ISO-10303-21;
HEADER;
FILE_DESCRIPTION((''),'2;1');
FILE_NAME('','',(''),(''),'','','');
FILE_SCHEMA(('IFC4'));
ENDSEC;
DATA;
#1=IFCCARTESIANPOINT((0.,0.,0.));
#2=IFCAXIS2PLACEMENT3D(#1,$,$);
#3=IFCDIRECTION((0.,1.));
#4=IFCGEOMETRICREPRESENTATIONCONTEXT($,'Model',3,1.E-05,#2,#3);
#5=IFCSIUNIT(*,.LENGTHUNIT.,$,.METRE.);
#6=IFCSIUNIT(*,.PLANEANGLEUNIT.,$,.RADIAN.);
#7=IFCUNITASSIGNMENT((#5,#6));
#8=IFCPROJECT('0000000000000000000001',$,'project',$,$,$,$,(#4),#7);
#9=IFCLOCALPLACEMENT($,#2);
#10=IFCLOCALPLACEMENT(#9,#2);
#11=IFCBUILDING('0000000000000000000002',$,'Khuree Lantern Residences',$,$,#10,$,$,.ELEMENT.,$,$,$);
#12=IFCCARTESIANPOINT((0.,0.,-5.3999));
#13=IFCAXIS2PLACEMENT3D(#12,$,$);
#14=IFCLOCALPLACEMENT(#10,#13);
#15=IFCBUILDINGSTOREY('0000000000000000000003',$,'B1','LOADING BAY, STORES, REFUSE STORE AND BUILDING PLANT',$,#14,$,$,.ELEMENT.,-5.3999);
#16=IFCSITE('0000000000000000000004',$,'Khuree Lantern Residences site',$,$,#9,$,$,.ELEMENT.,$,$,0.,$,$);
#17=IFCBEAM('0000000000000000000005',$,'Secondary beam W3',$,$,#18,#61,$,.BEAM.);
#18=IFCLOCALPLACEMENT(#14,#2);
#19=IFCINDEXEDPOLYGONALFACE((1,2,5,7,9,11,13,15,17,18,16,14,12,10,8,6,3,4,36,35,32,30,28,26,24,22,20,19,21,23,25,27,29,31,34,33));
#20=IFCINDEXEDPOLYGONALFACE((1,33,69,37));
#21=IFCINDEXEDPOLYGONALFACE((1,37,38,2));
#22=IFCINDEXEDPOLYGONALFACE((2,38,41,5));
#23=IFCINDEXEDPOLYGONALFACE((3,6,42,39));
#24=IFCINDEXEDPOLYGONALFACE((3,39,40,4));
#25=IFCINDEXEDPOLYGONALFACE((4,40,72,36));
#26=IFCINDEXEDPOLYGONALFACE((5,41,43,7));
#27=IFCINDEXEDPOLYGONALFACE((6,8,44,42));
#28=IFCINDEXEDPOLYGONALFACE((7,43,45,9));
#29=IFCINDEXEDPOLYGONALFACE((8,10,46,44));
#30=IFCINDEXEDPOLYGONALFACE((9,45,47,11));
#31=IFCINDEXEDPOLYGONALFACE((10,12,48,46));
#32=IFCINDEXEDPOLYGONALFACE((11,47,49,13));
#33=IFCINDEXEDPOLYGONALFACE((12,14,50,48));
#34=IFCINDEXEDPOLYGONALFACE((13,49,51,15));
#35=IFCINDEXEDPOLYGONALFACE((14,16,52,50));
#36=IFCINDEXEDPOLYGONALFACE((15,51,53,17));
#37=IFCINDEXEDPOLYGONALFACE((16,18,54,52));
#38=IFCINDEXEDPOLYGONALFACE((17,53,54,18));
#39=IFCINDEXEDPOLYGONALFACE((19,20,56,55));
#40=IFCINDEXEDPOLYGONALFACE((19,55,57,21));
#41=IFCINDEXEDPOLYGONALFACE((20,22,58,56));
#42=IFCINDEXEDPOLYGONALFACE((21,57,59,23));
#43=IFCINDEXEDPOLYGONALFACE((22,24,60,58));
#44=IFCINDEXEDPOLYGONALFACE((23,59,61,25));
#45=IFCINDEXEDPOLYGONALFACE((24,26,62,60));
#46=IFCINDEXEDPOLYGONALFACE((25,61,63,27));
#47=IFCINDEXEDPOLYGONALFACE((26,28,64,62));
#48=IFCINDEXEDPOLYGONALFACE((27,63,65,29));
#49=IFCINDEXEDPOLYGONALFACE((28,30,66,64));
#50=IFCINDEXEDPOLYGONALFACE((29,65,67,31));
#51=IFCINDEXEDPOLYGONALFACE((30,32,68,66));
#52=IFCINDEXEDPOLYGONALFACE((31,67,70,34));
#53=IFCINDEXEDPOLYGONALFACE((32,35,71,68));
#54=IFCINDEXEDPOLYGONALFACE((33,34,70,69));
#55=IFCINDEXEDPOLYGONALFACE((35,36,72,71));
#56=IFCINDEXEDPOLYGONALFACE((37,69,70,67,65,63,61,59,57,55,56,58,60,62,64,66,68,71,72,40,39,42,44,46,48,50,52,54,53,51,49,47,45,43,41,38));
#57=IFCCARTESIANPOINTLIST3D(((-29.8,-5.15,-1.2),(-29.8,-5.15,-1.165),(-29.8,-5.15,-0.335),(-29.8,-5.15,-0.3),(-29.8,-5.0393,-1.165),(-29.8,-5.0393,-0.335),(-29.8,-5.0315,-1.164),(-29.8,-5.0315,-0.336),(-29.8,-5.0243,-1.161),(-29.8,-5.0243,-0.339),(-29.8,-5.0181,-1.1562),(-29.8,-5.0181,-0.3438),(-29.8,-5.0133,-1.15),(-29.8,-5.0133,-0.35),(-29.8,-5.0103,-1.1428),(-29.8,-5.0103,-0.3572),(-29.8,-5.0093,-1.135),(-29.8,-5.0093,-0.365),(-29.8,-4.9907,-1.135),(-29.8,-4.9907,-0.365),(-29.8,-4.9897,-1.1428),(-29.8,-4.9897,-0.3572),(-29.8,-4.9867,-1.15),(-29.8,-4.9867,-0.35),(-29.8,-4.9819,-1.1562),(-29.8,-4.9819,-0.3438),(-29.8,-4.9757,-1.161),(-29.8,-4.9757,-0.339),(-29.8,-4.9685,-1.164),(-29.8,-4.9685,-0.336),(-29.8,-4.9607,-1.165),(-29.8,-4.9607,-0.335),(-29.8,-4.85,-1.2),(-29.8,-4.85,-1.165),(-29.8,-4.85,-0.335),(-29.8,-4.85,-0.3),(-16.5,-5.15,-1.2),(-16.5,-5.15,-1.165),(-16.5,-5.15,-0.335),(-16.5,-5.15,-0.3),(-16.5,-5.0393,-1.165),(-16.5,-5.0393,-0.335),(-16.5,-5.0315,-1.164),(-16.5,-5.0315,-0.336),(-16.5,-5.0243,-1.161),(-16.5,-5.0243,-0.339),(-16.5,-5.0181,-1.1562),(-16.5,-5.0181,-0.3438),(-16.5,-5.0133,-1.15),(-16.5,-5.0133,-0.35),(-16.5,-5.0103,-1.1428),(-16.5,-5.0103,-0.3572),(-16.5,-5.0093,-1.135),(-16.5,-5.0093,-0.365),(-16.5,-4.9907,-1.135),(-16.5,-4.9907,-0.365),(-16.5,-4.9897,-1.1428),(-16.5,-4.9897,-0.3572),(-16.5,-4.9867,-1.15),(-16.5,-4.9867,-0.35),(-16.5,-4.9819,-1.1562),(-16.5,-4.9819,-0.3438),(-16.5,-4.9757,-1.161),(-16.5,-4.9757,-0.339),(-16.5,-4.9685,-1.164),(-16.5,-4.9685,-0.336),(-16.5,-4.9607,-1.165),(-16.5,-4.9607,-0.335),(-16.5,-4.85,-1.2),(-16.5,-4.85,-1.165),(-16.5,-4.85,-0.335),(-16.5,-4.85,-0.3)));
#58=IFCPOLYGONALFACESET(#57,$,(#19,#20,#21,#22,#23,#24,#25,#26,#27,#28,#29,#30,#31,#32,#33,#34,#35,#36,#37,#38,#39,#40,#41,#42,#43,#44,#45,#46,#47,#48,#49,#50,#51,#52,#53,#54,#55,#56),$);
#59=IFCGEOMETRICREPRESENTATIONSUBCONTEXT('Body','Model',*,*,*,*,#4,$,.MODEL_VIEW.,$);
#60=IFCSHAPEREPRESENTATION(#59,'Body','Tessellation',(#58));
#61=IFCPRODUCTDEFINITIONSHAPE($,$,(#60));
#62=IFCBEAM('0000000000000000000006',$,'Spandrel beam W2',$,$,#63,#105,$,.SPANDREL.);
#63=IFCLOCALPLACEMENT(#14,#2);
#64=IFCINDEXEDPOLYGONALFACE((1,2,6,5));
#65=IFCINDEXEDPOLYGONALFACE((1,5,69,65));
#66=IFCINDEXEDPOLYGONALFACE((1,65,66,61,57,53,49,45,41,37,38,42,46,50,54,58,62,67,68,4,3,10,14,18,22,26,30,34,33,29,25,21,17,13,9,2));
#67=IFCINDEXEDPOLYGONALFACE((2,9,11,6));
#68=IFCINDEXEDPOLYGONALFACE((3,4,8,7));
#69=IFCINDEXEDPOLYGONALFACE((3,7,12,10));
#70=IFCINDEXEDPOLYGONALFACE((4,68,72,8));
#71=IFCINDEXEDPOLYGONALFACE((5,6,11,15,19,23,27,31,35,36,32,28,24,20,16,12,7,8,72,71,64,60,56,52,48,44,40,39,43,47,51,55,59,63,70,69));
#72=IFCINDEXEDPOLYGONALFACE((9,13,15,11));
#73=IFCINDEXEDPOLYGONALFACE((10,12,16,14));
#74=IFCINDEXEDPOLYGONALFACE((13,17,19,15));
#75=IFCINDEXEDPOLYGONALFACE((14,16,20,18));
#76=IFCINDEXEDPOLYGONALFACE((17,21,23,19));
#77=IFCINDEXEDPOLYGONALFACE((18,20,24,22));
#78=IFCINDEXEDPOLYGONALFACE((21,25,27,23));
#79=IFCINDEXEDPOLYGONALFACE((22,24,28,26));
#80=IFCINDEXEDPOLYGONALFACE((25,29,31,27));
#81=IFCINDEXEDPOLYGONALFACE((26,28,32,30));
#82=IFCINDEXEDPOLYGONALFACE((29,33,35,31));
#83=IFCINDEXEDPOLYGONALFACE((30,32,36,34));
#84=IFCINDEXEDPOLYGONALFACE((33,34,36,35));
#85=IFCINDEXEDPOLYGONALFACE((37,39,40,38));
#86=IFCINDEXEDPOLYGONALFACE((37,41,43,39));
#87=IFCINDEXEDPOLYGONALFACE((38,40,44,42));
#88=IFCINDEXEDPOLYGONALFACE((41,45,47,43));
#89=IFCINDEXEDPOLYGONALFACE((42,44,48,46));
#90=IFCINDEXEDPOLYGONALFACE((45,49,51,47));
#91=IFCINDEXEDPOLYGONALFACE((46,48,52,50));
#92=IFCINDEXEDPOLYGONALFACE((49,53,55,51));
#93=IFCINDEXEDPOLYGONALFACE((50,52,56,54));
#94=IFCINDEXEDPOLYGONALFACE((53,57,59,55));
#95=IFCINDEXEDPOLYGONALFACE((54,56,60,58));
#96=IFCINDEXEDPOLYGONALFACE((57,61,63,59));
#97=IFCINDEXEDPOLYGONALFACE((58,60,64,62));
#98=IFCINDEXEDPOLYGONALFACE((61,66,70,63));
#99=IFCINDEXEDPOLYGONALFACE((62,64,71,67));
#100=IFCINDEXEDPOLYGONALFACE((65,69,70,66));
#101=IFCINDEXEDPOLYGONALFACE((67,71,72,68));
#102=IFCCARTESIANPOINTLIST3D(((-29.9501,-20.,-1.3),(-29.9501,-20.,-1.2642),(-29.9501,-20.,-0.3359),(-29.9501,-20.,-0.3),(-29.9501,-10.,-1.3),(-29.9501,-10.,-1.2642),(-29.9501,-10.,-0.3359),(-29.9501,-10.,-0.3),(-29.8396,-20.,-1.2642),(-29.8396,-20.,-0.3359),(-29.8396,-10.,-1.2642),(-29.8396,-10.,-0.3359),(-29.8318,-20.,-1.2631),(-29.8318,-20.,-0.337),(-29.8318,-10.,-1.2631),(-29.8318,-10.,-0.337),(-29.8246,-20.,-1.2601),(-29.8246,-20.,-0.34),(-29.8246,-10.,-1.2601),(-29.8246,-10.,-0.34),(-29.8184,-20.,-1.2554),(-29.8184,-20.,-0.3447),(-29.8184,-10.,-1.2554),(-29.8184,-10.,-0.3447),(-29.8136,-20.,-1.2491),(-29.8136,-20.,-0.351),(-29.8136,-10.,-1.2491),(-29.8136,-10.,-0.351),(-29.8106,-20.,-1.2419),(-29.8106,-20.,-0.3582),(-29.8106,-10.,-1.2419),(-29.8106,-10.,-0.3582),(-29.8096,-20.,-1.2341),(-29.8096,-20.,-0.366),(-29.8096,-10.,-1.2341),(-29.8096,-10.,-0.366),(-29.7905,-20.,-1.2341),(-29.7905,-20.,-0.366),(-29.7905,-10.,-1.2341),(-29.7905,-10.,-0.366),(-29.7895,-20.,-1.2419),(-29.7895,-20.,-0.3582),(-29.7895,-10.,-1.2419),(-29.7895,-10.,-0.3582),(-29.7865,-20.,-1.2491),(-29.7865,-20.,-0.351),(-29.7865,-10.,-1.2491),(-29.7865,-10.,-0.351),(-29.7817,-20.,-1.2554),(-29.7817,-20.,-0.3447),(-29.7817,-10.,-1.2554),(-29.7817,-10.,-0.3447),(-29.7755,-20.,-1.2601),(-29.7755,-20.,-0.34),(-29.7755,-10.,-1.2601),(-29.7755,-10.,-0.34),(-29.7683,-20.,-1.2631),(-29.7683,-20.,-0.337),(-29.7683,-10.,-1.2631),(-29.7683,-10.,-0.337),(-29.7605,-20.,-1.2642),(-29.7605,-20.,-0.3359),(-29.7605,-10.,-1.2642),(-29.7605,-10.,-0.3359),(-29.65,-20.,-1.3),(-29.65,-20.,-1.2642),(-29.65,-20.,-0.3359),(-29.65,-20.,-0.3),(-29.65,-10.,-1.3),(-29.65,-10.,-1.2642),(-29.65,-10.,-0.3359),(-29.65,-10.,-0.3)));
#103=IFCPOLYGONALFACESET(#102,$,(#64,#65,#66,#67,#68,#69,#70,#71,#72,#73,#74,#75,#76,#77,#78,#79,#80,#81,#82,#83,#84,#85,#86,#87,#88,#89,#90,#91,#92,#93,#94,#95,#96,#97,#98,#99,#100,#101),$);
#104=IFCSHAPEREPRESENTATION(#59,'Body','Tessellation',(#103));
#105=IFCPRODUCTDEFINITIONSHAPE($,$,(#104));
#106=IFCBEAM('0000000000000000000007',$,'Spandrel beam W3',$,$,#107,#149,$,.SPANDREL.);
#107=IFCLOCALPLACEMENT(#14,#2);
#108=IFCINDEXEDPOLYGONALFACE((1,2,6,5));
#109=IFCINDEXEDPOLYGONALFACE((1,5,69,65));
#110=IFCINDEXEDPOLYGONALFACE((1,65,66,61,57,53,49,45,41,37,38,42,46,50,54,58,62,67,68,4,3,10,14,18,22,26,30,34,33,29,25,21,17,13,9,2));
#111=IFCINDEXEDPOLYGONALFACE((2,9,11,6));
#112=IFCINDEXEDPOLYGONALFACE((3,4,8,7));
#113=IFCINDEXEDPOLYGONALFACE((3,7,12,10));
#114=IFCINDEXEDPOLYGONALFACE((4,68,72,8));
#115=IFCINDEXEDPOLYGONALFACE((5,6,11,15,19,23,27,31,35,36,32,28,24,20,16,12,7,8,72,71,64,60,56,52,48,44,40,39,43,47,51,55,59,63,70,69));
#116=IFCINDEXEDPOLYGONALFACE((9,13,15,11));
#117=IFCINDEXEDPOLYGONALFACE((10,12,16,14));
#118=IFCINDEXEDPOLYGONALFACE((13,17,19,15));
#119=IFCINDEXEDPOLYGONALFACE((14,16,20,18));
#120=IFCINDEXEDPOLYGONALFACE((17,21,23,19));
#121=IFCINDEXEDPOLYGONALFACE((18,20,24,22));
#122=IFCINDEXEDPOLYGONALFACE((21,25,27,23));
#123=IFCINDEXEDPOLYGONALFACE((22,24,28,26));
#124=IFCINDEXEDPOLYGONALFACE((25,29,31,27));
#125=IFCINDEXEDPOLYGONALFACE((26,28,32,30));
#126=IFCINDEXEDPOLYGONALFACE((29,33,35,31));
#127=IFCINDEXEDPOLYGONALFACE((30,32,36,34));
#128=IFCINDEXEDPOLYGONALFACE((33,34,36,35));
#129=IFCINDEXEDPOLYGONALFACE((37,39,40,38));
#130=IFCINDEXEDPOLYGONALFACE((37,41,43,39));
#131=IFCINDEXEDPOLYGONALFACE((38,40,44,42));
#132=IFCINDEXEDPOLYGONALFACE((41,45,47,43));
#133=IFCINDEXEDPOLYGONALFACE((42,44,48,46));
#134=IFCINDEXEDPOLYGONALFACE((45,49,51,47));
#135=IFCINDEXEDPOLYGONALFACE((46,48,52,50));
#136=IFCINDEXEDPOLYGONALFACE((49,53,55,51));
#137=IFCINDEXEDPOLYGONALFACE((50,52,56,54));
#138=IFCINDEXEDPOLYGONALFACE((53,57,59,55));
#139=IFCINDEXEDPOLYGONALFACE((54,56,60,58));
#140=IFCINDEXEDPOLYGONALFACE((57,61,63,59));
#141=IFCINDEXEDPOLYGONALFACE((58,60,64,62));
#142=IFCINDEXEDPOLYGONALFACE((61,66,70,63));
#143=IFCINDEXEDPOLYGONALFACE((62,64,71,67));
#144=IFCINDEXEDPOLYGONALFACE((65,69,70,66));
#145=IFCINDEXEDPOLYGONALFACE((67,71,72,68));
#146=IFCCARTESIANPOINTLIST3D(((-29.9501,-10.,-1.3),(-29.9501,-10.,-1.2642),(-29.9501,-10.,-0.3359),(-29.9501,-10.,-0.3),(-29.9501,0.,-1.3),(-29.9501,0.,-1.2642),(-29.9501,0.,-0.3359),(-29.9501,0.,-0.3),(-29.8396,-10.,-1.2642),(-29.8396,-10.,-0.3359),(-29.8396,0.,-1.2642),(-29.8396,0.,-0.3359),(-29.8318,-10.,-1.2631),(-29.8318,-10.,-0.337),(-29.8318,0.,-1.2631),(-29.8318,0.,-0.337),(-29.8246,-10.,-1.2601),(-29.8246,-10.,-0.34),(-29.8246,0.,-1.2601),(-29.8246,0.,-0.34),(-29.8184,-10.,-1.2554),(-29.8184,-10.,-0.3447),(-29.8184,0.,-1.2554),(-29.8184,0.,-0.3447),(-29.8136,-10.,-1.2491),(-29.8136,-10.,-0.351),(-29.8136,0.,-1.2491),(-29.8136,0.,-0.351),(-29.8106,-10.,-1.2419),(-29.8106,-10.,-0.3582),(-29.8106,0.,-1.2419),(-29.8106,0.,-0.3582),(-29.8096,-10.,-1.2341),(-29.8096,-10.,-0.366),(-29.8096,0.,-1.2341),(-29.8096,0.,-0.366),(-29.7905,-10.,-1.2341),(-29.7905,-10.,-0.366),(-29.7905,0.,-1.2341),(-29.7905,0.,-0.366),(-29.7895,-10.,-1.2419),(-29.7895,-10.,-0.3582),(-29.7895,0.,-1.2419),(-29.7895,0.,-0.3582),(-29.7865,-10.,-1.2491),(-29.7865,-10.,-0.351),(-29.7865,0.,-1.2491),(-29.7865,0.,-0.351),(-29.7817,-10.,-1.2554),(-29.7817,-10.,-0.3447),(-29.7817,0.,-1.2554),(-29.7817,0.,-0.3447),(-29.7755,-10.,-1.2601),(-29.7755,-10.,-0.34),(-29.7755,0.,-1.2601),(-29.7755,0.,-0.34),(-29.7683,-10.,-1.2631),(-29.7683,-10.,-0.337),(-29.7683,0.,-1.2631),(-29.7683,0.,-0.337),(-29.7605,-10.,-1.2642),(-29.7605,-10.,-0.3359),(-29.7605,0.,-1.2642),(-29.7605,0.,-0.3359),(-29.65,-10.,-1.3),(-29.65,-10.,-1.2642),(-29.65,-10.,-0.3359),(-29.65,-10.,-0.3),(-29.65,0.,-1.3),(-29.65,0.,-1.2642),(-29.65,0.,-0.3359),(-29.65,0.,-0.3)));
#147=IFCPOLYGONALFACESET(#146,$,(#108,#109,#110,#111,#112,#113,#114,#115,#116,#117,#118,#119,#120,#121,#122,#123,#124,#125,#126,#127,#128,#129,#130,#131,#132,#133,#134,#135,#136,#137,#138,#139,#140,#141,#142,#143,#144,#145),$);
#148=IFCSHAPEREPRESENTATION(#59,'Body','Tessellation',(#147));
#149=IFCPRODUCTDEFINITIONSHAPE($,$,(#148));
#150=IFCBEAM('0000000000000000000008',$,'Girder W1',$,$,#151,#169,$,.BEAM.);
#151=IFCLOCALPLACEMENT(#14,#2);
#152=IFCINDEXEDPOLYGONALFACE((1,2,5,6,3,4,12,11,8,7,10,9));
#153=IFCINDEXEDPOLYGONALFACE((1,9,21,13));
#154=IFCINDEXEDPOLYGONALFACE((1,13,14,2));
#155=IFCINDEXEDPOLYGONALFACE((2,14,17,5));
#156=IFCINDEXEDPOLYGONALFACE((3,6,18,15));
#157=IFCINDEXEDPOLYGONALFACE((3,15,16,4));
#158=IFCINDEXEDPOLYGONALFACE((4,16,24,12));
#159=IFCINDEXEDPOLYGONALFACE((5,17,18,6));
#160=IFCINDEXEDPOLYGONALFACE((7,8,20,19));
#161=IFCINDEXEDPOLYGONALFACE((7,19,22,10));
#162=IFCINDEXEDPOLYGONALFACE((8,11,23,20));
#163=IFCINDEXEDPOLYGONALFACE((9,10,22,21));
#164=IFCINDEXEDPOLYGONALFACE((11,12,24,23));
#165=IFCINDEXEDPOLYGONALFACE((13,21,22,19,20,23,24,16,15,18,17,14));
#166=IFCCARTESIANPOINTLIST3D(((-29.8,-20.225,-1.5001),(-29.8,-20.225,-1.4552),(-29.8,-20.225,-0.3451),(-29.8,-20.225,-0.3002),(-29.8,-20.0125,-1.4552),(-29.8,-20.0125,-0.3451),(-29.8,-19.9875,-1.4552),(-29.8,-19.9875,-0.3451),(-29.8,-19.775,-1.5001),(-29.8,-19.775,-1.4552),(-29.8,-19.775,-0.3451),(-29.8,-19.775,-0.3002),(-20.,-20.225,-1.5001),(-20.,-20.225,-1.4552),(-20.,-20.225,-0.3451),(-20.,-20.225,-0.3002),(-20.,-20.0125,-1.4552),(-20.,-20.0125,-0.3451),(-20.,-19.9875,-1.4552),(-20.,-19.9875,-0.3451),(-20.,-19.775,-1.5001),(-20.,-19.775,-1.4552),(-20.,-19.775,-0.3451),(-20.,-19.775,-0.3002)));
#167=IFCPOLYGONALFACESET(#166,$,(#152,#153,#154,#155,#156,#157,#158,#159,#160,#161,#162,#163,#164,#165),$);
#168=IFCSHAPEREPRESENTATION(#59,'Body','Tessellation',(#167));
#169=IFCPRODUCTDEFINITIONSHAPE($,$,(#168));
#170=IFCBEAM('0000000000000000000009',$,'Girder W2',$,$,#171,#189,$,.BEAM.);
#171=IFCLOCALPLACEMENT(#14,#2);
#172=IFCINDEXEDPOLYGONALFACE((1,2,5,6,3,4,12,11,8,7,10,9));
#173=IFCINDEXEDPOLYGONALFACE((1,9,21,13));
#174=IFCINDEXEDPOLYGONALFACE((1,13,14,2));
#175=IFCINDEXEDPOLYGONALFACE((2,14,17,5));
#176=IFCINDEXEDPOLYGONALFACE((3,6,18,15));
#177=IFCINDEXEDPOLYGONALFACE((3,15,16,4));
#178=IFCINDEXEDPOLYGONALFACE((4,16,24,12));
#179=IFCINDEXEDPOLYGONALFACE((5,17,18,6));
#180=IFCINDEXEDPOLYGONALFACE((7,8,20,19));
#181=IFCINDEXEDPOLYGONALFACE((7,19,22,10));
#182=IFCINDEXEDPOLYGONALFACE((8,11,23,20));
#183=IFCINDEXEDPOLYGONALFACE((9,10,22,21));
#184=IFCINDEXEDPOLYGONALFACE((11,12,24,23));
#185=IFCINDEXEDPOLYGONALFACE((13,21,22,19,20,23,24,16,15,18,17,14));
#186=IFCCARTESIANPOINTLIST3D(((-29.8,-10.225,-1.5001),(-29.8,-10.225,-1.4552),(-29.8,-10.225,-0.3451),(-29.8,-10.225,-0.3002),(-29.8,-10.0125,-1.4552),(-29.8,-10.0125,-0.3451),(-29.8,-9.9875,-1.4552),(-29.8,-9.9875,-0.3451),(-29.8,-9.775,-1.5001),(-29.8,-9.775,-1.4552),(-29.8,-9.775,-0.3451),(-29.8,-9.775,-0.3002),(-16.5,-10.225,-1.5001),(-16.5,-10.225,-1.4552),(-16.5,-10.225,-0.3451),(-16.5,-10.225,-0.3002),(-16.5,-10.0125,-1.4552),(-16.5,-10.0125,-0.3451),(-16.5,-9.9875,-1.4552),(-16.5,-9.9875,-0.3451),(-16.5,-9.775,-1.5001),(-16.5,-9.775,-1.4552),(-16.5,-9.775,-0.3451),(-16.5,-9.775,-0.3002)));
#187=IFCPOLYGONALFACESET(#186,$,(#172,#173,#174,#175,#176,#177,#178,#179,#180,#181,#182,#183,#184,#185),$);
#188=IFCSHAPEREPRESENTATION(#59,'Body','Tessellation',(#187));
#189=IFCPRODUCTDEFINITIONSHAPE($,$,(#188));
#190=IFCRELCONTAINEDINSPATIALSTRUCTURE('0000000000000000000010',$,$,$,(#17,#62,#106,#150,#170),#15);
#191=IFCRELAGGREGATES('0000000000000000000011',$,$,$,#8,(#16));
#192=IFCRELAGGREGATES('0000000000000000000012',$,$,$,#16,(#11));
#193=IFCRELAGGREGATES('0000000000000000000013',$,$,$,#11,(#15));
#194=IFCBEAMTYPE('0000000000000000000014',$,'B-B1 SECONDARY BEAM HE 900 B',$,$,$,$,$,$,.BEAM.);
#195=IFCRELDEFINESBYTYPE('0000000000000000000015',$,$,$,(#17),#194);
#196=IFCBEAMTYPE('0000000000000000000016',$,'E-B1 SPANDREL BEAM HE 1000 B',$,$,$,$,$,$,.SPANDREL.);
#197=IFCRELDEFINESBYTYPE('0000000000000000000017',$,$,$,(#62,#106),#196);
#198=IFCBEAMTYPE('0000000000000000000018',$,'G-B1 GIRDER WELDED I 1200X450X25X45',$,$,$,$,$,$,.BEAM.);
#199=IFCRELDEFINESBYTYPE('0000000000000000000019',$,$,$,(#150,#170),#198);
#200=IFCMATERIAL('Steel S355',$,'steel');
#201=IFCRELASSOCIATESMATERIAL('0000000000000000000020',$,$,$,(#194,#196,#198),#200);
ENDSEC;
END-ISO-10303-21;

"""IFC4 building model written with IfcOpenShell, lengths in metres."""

from ifc_helpers import new_model, si_unit, direction, frame, origin, origin_2d, place, context, subcontext, project, spatial, i_section, extrude, material, material_profile, profile_set, type_object, element, save


model = new_model("IFC4")

# Units and contexts
model_context = context("Model", 3, precision=1e-05, world=origin(), true_north=direction((0.0, 1.0)))
body_context = subcontext(model_context, "Body", "Model", "MODEL_VIEW")
ifc_project = project(units=[si_unit("LENGTHUNIT", "METRE"), si_unit("PLANEANGLEUNIT", "RADIAN")], contexts=[model_context])

# Site, building, storey
site_placement = place(None, origin())
site = spatial("IfcSite", under=ifc_project, at=site_placement, Name="Khuree Lantern Residences site", CompositionType="ELEMENT", RefElevation=0.0)
building_placement = place(site_placement, origin())
building = spatial("IfcBuilding", under=site, at=building_placement, Name="Khuree Lantern Residences", CompositionType="ELEMENT")
storey_placement = place(building_placement, frame((0.0, 0.0, -5.3999)))
storey = spatial("IfcBuildingStorey", under=building, at=storey_placement, Name="B1", Description="LOADING BAY, STORES, REFUSE STORE AND BUILDING PLANT", CompositionType="ELEMENT", Elevation=-5.3999)

# Beams
ifc_material_1 = material(Name="Steel S355", Category="steel")
ifc_material_profile_1 = material_profile(ifc_material_1, i_section(OverallWidth=0.3, OverallDepth=0.8999, WebThickness=0.0186, FlangeThickness=0.0349, FilletRadius=0.03, at=origin_2d()), Name="HE 900 B")
ifc_profile_set_1 = profile_set([ifc_material_profile_1], Name="Steel S355")
beam_type_1 = type_object("IfcBeamType", Name="B-B1 SECONDARY BEAM HE 900 B", PredefinedType="BEAM", material=ifc_profile_set_1)
for number, where, z_axis, x_axis, name in (
    (1, (-29.8, -5.0, -0.75), (1.0, 0.0, 0.0), (0.0, 1.0, 0.0), "Secondary beam W3"),
):
    element("IfcBeam", number, at=place(storey_placement, frame(where, z_axis=z_axis, x_axis=x_axis)), inside=storey, type_object=beam_type_1, Name=name, PredefinedType="BEAM", context=body_context, shape_type="SweptSolid", body=[
        extrude(i_section(OverallWidth=0.3, OverallDepth=0.8999, WebThickness=0.0186, FlangeThickness=0.0349, FilletRadius=0.03, at=origin_2d()), origin(), (0.0, 0.0, 1.0), 13.3),
    ])
ifc_material_profile_2 = material_profile(ifc_material_1, i_section(OverallWidth=0.3, OverallDepth=1.0, WebThickness=0.019, FlangeThickness=0.0359, FilletRadius=0.03, at=origin_2d()), Name="HE 1000 B")
ifc_profile_set_2 = profile_set([ifc_material_profile_2], Name="Steel S355")
beam_type_2 = type_object("IfcBeamType", Name="E-B1 SPANDREL BEAM HE 1000 B", PredefinedType="SPANDREL", material=ifc_profile_set_2)
for number, where, z_axis, x_axis, name in (
    (2, (-29.8, -20.0, -0.8), (0.0, 1.0, 0.0), (-1.0, 0.0, 0.0), "Spandrel beam W2"),
    (3, (-29.8, -10.0, -0.8), (0.0, 1.0, 0.0), (-1.0, 0.0, 0.0), "Spandrel beam W3"),
):
    element("IfcBeam", number, at=place(storey_placement, frame(where, z_axis=z_axis, x_axis=x_axis)), inside=storey, type_object=beam_type_2, Name=name, PredefinedType="SPANDREL", context=body_context, shape_type="SweptSolid", body=[
        extrude(i_section(OverallWidth=0.3, OverallDepth=1.0, WebThickness=0.019, FlangeThickness=0.0359, FilletRadius=0.03, at=origin_2d()), origin(), (0.0, 0.0, 1.0), 10.0),
    ])
ifc_material_profile_3 = material_profile(ifc_material_1, i_section(OverallWidth=0.45, OverallDepth=1.2, WebThickness=0.0249, FlangeThickness=0.0449, at=origin_2d()), Name="WELDED I 1200X450X25X45")
ifc_profile_set_3 = profile_set([ifc_material_profile_3], Name="Steel S355")
beam_type_3 = type_object("IfcBeamType", Name="G-B1 GIRDER WELDED I 1200X450X25X45", PredefinedType="BEAM", material=ifc_profile_set_3)
beam_1_placement = place(storey_placement, frame((-29.8, -20.0, -0.9001), z_axis=(1.0, 0.0, 0.0), x_axis=(0.0, 1.0, 0.0)))
element("IfcBeam", 4, at=beam_1_placement, inside=storey, type_object=beam_type_3, Name="Girder W1", PredefinedType="BEAM", context=body_context, shape_type="SweptSolid", body=[
    extrude(i_section(OverallWidth=0.45, OverallDepth=1.2, WebThickness=0.0249, FlangeThickness=0.0449, at=origin_2d()), origin(), (0.0, 0.0, 1.0), 9.8),
])
beam_2_placement = place(storey_placement, frame((-29.8, -10.0, -0.9001), z_axis=(1.0, 0.0, 0.0), x_axis=(0.0, 1.0, 0.0)))
element("IfcBeam", 5, at=beam_2_placement, inside=storey, type_object=beam_type_3, Name="Girder W2", PredefinedType="BEAM", context=body_context, shape_type="SweptSolid", body=[
    extrude(i_section(OverallWidth=0.45, OverallDepth=1.2, WebThickness=0.0249, FlangeThickness=0.0449, at=origin_2d()), origin(), (0.0, 0.0, 1.0), 13.3),
])

save(model, "model.ifc")
